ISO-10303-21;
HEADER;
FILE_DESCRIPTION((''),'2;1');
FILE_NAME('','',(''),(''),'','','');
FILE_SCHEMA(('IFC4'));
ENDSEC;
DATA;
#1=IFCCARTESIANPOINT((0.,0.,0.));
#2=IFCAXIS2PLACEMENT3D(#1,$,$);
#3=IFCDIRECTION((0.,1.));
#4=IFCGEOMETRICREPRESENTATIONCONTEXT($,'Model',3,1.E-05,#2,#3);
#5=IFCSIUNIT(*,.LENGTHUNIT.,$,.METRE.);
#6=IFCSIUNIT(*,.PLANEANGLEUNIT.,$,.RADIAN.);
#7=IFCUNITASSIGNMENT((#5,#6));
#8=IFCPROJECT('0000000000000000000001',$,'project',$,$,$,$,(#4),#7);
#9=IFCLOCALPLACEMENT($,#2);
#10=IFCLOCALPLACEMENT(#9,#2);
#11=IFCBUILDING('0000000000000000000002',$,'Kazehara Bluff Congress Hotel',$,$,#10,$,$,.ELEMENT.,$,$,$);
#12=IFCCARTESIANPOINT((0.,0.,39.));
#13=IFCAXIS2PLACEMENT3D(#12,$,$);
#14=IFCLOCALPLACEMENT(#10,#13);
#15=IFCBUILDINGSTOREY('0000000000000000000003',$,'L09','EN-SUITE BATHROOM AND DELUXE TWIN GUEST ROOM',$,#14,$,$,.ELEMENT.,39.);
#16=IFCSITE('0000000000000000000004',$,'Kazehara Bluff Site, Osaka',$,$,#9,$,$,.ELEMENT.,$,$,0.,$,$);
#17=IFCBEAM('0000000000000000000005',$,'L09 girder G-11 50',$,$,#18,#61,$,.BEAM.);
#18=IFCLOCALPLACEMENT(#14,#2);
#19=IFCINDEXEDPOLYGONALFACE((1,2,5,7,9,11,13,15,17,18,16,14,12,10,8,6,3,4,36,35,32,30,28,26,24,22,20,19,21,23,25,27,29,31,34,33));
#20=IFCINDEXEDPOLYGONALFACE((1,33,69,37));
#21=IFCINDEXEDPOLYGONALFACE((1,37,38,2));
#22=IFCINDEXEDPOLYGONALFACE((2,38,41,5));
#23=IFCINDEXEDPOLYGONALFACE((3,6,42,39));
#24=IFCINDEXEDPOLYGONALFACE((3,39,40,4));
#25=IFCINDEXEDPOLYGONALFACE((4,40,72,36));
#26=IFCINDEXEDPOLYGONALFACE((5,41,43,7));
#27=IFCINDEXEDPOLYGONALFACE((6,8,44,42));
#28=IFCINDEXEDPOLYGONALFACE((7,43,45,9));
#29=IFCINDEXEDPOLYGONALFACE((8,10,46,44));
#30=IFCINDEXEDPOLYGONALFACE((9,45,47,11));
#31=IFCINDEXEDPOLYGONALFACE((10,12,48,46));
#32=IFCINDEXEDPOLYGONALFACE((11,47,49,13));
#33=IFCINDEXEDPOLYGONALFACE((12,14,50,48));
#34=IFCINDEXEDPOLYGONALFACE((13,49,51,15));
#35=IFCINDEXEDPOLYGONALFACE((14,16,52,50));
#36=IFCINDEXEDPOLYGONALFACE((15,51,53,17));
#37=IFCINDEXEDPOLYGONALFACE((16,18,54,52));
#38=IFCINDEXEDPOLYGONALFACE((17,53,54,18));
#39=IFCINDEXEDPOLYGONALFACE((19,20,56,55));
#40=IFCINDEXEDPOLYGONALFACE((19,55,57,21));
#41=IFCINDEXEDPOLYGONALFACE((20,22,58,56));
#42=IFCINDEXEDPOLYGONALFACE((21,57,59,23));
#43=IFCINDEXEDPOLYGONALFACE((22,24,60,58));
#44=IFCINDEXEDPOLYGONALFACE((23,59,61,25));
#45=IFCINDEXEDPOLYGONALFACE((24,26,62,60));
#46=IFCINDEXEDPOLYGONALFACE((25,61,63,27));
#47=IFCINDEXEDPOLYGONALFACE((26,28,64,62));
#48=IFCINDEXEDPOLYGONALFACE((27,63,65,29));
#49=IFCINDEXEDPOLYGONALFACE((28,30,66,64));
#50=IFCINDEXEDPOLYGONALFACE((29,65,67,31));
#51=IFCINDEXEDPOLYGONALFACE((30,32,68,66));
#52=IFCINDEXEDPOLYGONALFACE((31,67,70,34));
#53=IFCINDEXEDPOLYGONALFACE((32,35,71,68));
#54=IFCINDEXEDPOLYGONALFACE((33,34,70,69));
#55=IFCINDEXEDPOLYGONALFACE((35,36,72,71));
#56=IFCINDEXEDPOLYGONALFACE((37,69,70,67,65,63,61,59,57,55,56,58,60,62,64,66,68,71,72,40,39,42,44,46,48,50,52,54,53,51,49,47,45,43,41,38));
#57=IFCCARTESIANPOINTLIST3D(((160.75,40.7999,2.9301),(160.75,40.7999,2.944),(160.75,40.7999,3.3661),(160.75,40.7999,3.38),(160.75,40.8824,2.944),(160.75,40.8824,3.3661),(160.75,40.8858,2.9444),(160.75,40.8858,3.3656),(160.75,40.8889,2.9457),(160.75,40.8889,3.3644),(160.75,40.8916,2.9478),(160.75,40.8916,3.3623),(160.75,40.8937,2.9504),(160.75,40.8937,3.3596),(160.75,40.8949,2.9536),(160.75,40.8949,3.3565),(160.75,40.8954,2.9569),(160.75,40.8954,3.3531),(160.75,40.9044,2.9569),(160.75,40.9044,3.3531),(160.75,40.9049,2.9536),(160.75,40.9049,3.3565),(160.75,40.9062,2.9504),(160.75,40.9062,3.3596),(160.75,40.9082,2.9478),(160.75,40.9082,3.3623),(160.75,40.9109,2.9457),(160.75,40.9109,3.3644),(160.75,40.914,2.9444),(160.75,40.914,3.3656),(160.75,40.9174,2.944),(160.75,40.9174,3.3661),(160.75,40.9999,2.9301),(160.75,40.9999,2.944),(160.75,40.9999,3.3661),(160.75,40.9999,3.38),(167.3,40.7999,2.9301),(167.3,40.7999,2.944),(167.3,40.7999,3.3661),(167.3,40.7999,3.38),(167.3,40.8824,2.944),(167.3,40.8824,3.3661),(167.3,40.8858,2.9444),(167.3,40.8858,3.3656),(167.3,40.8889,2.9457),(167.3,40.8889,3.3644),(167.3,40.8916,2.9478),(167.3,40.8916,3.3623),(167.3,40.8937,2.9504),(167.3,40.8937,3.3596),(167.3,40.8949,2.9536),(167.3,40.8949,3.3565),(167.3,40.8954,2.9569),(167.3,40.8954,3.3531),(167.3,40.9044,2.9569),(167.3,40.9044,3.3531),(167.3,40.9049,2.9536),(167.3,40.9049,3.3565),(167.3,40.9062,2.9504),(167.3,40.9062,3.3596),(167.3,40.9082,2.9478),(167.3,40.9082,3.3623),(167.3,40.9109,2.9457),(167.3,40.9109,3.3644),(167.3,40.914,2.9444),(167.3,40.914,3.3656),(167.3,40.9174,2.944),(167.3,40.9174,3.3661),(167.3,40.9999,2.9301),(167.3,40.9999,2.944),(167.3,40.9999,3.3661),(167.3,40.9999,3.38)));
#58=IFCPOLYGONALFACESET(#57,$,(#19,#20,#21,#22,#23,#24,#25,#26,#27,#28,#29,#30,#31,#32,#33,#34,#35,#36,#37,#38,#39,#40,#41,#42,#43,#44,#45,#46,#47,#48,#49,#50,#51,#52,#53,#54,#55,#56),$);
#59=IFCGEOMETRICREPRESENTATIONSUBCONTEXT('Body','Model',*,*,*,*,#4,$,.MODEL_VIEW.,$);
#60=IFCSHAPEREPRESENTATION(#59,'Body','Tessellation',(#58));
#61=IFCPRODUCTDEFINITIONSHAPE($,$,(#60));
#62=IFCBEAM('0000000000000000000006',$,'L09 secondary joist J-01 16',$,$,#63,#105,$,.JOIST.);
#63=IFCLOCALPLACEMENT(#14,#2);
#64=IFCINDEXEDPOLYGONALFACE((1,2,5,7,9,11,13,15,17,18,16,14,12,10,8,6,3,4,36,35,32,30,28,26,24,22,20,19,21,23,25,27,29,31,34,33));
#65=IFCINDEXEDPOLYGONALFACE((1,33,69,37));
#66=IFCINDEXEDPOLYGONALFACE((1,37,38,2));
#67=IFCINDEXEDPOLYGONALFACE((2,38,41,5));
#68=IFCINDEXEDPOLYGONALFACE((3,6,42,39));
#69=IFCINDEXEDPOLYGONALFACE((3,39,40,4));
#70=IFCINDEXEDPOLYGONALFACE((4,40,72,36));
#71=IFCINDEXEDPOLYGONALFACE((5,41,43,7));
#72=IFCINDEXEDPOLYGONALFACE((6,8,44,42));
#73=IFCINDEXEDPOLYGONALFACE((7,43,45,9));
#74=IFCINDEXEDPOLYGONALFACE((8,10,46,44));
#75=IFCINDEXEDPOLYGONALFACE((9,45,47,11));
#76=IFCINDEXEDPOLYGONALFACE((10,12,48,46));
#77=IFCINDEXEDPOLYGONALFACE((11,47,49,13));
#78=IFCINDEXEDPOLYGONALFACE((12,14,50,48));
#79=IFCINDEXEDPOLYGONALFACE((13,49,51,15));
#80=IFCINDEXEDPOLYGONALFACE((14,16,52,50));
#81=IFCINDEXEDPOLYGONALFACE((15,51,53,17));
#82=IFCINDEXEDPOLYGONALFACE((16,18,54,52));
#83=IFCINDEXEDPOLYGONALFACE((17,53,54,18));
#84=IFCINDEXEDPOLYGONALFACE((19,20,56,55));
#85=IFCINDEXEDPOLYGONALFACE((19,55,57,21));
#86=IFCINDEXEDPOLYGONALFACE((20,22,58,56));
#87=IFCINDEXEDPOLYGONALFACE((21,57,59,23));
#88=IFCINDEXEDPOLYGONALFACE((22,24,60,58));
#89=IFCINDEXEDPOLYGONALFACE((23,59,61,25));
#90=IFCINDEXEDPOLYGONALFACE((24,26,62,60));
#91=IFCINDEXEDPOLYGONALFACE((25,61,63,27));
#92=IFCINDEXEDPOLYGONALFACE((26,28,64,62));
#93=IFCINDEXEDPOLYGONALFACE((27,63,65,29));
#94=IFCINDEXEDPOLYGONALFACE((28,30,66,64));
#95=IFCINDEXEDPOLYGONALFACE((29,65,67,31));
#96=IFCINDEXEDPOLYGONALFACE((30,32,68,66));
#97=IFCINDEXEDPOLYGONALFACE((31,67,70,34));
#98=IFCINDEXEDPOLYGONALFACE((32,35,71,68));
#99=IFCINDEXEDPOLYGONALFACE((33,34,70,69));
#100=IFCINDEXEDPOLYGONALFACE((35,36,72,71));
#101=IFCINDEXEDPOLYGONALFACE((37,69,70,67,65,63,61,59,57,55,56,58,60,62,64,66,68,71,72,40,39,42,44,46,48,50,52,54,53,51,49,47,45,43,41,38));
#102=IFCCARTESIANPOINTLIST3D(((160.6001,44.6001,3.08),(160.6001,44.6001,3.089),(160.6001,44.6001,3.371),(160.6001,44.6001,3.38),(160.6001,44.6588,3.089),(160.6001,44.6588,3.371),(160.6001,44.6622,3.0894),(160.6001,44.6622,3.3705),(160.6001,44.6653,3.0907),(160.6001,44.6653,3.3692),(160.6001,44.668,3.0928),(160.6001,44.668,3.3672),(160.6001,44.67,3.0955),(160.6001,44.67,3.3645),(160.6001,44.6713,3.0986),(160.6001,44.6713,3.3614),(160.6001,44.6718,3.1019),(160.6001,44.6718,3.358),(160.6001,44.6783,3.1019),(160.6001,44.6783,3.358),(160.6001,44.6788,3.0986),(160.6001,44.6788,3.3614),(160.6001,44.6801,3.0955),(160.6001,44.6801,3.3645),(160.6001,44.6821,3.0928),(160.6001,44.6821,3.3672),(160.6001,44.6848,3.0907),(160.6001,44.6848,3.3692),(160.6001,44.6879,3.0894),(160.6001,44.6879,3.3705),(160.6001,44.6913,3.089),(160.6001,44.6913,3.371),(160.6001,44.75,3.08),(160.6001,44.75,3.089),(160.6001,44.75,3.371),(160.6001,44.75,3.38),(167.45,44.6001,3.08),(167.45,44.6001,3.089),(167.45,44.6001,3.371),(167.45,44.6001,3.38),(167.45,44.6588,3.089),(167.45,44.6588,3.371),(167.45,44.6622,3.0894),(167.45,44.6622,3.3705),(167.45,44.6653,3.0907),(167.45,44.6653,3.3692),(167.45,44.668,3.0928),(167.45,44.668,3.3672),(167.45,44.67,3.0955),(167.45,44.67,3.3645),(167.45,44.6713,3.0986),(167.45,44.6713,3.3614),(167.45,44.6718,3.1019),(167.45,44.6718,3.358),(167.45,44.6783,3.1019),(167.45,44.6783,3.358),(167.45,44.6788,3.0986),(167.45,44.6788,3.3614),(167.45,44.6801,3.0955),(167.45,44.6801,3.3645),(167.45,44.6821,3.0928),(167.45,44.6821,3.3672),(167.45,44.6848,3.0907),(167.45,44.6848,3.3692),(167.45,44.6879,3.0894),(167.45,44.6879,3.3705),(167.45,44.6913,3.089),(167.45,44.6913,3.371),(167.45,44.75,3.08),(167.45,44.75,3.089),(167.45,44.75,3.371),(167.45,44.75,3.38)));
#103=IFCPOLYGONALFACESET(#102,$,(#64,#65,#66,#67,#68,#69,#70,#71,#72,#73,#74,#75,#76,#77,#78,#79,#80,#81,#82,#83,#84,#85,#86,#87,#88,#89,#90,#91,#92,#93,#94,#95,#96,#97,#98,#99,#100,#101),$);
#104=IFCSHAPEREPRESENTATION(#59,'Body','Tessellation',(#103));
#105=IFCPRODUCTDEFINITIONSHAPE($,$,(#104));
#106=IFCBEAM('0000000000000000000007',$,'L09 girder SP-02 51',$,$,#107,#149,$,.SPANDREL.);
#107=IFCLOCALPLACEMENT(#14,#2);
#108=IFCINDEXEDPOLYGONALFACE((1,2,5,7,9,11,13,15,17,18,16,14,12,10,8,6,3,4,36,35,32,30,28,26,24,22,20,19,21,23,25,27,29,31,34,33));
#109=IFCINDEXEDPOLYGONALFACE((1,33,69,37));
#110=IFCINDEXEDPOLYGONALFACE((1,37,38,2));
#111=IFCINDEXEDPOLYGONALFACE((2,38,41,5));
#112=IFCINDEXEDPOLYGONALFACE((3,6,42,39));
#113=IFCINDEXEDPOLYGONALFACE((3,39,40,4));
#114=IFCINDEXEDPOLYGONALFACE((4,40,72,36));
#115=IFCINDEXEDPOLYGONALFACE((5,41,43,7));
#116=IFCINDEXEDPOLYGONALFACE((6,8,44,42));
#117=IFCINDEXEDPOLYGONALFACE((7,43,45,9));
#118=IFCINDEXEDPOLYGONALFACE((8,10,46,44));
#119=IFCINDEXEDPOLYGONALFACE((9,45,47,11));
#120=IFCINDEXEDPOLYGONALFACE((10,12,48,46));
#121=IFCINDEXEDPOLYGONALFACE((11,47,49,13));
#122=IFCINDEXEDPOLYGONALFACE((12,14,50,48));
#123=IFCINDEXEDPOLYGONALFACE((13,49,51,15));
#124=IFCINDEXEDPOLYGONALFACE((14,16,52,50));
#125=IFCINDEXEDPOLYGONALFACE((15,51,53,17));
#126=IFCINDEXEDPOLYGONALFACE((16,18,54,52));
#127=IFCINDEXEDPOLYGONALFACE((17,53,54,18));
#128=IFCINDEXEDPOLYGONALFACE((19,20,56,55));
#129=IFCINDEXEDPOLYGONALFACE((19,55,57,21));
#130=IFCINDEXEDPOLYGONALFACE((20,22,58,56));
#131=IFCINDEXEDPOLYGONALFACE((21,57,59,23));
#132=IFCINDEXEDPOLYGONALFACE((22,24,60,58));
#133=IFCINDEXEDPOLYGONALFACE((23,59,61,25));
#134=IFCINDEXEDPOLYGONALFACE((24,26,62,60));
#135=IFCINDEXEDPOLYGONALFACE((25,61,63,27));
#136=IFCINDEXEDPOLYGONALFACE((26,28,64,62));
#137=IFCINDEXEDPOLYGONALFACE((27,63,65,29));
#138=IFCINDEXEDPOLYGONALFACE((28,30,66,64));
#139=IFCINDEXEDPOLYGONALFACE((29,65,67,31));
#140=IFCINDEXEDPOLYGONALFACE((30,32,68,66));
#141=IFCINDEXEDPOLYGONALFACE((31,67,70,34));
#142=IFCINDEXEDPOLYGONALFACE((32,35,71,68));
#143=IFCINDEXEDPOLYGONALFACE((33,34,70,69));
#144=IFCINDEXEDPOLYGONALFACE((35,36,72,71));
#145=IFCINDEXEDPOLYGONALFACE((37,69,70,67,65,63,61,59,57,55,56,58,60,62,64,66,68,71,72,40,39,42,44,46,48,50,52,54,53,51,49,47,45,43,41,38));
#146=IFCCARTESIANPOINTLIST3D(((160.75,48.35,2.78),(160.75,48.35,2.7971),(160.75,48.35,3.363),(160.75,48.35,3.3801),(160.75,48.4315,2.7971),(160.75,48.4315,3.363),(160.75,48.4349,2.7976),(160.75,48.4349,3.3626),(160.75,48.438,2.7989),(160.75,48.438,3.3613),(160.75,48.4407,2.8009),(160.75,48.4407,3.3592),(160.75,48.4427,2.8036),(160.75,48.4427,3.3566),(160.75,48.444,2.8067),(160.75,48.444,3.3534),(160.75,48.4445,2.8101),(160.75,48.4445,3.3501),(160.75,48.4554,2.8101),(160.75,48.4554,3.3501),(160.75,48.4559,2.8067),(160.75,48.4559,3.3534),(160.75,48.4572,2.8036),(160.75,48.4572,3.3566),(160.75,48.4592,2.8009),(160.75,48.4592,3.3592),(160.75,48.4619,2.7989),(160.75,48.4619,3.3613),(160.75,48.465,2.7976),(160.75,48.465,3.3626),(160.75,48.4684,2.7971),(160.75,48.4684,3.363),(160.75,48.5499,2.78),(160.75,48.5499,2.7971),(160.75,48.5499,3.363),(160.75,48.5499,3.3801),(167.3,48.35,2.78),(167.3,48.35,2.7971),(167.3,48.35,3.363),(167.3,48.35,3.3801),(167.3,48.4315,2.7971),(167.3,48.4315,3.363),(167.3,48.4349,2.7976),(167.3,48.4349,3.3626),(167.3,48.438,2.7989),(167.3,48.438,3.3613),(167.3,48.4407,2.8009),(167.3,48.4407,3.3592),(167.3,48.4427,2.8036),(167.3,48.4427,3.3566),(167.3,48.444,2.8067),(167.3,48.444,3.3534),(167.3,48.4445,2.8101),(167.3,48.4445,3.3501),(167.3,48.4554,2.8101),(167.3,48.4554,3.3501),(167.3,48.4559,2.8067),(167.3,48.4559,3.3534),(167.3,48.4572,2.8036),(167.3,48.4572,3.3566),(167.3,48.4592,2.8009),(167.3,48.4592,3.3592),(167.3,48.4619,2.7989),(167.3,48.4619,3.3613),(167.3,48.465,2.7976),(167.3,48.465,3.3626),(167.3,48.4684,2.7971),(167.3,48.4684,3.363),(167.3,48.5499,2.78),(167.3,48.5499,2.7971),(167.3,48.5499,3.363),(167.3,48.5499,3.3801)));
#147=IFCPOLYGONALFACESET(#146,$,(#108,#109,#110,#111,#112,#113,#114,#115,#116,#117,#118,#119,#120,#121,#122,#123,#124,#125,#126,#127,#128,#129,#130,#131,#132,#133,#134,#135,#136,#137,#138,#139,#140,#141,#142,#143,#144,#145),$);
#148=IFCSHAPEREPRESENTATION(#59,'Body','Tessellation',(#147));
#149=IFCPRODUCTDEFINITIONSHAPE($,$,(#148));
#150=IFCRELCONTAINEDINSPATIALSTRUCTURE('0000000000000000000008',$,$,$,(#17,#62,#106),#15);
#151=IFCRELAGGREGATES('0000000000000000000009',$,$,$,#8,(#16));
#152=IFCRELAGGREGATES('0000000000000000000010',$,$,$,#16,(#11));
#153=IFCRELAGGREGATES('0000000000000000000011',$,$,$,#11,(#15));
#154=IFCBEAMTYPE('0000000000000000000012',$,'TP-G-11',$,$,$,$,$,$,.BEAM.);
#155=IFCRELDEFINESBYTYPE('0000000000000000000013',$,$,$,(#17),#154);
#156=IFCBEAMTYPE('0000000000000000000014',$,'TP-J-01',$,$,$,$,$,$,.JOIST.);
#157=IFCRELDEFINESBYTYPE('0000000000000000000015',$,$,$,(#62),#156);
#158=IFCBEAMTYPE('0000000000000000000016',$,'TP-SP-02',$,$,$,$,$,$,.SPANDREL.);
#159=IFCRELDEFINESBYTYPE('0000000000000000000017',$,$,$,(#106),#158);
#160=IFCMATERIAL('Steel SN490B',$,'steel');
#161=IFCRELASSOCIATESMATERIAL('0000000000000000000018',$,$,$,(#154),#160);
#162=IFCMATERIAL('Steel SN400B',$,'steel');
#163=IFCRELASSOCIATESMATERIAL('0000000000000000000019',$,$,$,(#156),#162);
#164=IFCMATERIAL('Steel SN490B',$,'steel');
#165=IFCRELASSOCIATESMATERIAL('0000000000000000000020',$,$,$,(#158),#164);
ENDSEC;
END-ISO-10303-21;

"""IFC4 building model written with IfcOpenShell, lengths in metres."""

from ifc_helpers import new_model, si_unit, direction, frame, origin, origin_2d, place, context, subcontext, project, spatial, i_section, extrude, material, material_profile, profile_set, type_object, element, save


model = new_model("IFC4")

# Units and contexts
model_context = context("Model", 3, precision=1e-05, world=origin(), true_north=direction((0.0, 1.0)))
body_context = subcontext(model_context, "Body", "Model", "MODEL_VIEW")
ifc_project = project(units=[si_unit("LENGTHUNIT", "METRE"), si_unit("PLANEANGLEUNIT", "RADIAN")], contexts=[model_context])

# Site, building, storey
site_placement = place(None, origin())
site = spatial("IfcSite", under=ifc_project, at=site_placement, Name="Kazehara Bluff Site, Osaka", CompositionType="ELEMENT", RefElevation=0.0)
building_placement = place(site_placement, origin())
building = spatial("IfcBuilding", under=site, at=building_placement, Name="Kazehara Bluff Congress Hotel", CompositionType="ELEMENT")
storey_placement = place(building_placement, frame((0.0, 0.0, 39.0)))
storey = spatial("IfcBuildingStorey", under=building, at=storey_placement, Name="L09", Description="EN-SUITE BATHROOM AND DELUXE TWIN GUEST ROOM", CompositionType="ELEMENT", Elevation=39.0)

# Beams
ifc_material_1 = material(Name="Steel SN490B", Category="steel")
ifc_material_profile_1 = material_profile(ifc_material_1, i_section(OverallWidth=0.2, OverallDepth=0.45, WebThickness=0.009, FlangeThickness=0.0139, FilletRadius=0.0129, at=origin_2d()))
ifc_profile_set_1 = profile_set([ifc_material_profile_1], Name="Steel SN490B")
beam_type_1 = type_object("IfcBeamType", Name="TP-G-11", PredefinedType="BEAM", material=ifc_profile_set_1)
beam_1_placement = place(storey_placement, frame((160.75, 40.8999, 3.155), z_axis=(1.0, 0.0, 0.0), x_axis=(0.0, 1.0, 0.0)))
element("IfcBeam", 1, at=beam_1_placement, inside=storey, type_object=beam_type_1, Name="L09 girder G-11 50", PredefinedType="BEAM", context=body_context, shape_type="SweptSolid", body=[
    extrude(i_section(OverallWidth=0.2, OverallDepth=0.45, WebThickness=0.009, FlangeThickness=0.0139, FilletRadius=0.0129, at=origin_2d()), origin(), (0.0, 0.0, 1.0), 6.55),
])
ifc_material_2 = material(Name="Steel SN400B", Category="steel")
ifc_material_profile_2 = material_profile(ifc_material_2, i_section(OverallWidth=0.1499, OverallDepth=0.3, WebThickness=0.0066, FlangeThickness=0.009, FilletRadius=0.0129, at=origin_2d()))
ifc_profile_set_2 = profile_set([ifc_material_profile_2], Name="Steel SN400B")
beam_type_2 = type_object("IfcBeamType", Name="TP-J-01", PredefinedType="JOIST", material=ifc_profile_set_2)
beam_2_placement = place(storey_placement, frame((160.6001, 44.675, 3.23), z_axis=(1.0, 0.0, 0.0), x_axis=(0.0, 1.0, 0.0)))
element("IfcBeam", 2, at=beam_2_placement, inside=storey, type_object=beam_type_2, Name="L09 secondary joist J-01 16", PredefinedType="JOIST", context=body_context, shape_type="SweptSolid", body=[
    extrude(i_section(OverallWidth=0.1499, OverallDepth=0.3, WebThickness=0.0066, FlangeThickness=0.009, FilletRadius=0.0129, at=origin_2d()), origin(), (0.0, 0.0, 1.0), 6.8499),
])
ifc_material_3 = material(Name="Steel SN490B", Category="steel")
ifc_material_profile_3 = material_profile(ifc_material_3, i_section(OverallWidth=0.2, OverallDepth=0.6001, WebThickness=0.011, FlangeThickness=0.0171, FilletRadius=0.0129, at=origin_2d()))
ifc_profile_set_3 = profile_set([ifc_material_profile_3], Name="Steel SN490B")
beam_type_3 = type_object("IfcBeamType", Name="TP-SP-02", PredefinedType="SPANDREL", material=ifc_profile_set_3)
beam_3_placement = place(storey_placement, frame((160.75, 48.45, 3.0801), z_axis=(1.0, 0.0, 0.0), x_axis=(0.0, 1.0, 0.0)))
element("IfcBeam", 3, at=beam_3_placement, inside=storey, type_object=beam_type_3, Name="L09 girder SP-02 51", PredefinedType="SPANDREL", context=body_context, shape_type="SweptSolid", body=[
    extrude(i_section(OverallWidth=0.2, OverallDepth=0.6001, WebThickness=0.011, FlangeThickness=0.0171, FilletRadius=0.0129, at=origin_2d()), origin(), (0.0, 0.0, 1.0), 6.55),
])

save(model, "model.ifc")
